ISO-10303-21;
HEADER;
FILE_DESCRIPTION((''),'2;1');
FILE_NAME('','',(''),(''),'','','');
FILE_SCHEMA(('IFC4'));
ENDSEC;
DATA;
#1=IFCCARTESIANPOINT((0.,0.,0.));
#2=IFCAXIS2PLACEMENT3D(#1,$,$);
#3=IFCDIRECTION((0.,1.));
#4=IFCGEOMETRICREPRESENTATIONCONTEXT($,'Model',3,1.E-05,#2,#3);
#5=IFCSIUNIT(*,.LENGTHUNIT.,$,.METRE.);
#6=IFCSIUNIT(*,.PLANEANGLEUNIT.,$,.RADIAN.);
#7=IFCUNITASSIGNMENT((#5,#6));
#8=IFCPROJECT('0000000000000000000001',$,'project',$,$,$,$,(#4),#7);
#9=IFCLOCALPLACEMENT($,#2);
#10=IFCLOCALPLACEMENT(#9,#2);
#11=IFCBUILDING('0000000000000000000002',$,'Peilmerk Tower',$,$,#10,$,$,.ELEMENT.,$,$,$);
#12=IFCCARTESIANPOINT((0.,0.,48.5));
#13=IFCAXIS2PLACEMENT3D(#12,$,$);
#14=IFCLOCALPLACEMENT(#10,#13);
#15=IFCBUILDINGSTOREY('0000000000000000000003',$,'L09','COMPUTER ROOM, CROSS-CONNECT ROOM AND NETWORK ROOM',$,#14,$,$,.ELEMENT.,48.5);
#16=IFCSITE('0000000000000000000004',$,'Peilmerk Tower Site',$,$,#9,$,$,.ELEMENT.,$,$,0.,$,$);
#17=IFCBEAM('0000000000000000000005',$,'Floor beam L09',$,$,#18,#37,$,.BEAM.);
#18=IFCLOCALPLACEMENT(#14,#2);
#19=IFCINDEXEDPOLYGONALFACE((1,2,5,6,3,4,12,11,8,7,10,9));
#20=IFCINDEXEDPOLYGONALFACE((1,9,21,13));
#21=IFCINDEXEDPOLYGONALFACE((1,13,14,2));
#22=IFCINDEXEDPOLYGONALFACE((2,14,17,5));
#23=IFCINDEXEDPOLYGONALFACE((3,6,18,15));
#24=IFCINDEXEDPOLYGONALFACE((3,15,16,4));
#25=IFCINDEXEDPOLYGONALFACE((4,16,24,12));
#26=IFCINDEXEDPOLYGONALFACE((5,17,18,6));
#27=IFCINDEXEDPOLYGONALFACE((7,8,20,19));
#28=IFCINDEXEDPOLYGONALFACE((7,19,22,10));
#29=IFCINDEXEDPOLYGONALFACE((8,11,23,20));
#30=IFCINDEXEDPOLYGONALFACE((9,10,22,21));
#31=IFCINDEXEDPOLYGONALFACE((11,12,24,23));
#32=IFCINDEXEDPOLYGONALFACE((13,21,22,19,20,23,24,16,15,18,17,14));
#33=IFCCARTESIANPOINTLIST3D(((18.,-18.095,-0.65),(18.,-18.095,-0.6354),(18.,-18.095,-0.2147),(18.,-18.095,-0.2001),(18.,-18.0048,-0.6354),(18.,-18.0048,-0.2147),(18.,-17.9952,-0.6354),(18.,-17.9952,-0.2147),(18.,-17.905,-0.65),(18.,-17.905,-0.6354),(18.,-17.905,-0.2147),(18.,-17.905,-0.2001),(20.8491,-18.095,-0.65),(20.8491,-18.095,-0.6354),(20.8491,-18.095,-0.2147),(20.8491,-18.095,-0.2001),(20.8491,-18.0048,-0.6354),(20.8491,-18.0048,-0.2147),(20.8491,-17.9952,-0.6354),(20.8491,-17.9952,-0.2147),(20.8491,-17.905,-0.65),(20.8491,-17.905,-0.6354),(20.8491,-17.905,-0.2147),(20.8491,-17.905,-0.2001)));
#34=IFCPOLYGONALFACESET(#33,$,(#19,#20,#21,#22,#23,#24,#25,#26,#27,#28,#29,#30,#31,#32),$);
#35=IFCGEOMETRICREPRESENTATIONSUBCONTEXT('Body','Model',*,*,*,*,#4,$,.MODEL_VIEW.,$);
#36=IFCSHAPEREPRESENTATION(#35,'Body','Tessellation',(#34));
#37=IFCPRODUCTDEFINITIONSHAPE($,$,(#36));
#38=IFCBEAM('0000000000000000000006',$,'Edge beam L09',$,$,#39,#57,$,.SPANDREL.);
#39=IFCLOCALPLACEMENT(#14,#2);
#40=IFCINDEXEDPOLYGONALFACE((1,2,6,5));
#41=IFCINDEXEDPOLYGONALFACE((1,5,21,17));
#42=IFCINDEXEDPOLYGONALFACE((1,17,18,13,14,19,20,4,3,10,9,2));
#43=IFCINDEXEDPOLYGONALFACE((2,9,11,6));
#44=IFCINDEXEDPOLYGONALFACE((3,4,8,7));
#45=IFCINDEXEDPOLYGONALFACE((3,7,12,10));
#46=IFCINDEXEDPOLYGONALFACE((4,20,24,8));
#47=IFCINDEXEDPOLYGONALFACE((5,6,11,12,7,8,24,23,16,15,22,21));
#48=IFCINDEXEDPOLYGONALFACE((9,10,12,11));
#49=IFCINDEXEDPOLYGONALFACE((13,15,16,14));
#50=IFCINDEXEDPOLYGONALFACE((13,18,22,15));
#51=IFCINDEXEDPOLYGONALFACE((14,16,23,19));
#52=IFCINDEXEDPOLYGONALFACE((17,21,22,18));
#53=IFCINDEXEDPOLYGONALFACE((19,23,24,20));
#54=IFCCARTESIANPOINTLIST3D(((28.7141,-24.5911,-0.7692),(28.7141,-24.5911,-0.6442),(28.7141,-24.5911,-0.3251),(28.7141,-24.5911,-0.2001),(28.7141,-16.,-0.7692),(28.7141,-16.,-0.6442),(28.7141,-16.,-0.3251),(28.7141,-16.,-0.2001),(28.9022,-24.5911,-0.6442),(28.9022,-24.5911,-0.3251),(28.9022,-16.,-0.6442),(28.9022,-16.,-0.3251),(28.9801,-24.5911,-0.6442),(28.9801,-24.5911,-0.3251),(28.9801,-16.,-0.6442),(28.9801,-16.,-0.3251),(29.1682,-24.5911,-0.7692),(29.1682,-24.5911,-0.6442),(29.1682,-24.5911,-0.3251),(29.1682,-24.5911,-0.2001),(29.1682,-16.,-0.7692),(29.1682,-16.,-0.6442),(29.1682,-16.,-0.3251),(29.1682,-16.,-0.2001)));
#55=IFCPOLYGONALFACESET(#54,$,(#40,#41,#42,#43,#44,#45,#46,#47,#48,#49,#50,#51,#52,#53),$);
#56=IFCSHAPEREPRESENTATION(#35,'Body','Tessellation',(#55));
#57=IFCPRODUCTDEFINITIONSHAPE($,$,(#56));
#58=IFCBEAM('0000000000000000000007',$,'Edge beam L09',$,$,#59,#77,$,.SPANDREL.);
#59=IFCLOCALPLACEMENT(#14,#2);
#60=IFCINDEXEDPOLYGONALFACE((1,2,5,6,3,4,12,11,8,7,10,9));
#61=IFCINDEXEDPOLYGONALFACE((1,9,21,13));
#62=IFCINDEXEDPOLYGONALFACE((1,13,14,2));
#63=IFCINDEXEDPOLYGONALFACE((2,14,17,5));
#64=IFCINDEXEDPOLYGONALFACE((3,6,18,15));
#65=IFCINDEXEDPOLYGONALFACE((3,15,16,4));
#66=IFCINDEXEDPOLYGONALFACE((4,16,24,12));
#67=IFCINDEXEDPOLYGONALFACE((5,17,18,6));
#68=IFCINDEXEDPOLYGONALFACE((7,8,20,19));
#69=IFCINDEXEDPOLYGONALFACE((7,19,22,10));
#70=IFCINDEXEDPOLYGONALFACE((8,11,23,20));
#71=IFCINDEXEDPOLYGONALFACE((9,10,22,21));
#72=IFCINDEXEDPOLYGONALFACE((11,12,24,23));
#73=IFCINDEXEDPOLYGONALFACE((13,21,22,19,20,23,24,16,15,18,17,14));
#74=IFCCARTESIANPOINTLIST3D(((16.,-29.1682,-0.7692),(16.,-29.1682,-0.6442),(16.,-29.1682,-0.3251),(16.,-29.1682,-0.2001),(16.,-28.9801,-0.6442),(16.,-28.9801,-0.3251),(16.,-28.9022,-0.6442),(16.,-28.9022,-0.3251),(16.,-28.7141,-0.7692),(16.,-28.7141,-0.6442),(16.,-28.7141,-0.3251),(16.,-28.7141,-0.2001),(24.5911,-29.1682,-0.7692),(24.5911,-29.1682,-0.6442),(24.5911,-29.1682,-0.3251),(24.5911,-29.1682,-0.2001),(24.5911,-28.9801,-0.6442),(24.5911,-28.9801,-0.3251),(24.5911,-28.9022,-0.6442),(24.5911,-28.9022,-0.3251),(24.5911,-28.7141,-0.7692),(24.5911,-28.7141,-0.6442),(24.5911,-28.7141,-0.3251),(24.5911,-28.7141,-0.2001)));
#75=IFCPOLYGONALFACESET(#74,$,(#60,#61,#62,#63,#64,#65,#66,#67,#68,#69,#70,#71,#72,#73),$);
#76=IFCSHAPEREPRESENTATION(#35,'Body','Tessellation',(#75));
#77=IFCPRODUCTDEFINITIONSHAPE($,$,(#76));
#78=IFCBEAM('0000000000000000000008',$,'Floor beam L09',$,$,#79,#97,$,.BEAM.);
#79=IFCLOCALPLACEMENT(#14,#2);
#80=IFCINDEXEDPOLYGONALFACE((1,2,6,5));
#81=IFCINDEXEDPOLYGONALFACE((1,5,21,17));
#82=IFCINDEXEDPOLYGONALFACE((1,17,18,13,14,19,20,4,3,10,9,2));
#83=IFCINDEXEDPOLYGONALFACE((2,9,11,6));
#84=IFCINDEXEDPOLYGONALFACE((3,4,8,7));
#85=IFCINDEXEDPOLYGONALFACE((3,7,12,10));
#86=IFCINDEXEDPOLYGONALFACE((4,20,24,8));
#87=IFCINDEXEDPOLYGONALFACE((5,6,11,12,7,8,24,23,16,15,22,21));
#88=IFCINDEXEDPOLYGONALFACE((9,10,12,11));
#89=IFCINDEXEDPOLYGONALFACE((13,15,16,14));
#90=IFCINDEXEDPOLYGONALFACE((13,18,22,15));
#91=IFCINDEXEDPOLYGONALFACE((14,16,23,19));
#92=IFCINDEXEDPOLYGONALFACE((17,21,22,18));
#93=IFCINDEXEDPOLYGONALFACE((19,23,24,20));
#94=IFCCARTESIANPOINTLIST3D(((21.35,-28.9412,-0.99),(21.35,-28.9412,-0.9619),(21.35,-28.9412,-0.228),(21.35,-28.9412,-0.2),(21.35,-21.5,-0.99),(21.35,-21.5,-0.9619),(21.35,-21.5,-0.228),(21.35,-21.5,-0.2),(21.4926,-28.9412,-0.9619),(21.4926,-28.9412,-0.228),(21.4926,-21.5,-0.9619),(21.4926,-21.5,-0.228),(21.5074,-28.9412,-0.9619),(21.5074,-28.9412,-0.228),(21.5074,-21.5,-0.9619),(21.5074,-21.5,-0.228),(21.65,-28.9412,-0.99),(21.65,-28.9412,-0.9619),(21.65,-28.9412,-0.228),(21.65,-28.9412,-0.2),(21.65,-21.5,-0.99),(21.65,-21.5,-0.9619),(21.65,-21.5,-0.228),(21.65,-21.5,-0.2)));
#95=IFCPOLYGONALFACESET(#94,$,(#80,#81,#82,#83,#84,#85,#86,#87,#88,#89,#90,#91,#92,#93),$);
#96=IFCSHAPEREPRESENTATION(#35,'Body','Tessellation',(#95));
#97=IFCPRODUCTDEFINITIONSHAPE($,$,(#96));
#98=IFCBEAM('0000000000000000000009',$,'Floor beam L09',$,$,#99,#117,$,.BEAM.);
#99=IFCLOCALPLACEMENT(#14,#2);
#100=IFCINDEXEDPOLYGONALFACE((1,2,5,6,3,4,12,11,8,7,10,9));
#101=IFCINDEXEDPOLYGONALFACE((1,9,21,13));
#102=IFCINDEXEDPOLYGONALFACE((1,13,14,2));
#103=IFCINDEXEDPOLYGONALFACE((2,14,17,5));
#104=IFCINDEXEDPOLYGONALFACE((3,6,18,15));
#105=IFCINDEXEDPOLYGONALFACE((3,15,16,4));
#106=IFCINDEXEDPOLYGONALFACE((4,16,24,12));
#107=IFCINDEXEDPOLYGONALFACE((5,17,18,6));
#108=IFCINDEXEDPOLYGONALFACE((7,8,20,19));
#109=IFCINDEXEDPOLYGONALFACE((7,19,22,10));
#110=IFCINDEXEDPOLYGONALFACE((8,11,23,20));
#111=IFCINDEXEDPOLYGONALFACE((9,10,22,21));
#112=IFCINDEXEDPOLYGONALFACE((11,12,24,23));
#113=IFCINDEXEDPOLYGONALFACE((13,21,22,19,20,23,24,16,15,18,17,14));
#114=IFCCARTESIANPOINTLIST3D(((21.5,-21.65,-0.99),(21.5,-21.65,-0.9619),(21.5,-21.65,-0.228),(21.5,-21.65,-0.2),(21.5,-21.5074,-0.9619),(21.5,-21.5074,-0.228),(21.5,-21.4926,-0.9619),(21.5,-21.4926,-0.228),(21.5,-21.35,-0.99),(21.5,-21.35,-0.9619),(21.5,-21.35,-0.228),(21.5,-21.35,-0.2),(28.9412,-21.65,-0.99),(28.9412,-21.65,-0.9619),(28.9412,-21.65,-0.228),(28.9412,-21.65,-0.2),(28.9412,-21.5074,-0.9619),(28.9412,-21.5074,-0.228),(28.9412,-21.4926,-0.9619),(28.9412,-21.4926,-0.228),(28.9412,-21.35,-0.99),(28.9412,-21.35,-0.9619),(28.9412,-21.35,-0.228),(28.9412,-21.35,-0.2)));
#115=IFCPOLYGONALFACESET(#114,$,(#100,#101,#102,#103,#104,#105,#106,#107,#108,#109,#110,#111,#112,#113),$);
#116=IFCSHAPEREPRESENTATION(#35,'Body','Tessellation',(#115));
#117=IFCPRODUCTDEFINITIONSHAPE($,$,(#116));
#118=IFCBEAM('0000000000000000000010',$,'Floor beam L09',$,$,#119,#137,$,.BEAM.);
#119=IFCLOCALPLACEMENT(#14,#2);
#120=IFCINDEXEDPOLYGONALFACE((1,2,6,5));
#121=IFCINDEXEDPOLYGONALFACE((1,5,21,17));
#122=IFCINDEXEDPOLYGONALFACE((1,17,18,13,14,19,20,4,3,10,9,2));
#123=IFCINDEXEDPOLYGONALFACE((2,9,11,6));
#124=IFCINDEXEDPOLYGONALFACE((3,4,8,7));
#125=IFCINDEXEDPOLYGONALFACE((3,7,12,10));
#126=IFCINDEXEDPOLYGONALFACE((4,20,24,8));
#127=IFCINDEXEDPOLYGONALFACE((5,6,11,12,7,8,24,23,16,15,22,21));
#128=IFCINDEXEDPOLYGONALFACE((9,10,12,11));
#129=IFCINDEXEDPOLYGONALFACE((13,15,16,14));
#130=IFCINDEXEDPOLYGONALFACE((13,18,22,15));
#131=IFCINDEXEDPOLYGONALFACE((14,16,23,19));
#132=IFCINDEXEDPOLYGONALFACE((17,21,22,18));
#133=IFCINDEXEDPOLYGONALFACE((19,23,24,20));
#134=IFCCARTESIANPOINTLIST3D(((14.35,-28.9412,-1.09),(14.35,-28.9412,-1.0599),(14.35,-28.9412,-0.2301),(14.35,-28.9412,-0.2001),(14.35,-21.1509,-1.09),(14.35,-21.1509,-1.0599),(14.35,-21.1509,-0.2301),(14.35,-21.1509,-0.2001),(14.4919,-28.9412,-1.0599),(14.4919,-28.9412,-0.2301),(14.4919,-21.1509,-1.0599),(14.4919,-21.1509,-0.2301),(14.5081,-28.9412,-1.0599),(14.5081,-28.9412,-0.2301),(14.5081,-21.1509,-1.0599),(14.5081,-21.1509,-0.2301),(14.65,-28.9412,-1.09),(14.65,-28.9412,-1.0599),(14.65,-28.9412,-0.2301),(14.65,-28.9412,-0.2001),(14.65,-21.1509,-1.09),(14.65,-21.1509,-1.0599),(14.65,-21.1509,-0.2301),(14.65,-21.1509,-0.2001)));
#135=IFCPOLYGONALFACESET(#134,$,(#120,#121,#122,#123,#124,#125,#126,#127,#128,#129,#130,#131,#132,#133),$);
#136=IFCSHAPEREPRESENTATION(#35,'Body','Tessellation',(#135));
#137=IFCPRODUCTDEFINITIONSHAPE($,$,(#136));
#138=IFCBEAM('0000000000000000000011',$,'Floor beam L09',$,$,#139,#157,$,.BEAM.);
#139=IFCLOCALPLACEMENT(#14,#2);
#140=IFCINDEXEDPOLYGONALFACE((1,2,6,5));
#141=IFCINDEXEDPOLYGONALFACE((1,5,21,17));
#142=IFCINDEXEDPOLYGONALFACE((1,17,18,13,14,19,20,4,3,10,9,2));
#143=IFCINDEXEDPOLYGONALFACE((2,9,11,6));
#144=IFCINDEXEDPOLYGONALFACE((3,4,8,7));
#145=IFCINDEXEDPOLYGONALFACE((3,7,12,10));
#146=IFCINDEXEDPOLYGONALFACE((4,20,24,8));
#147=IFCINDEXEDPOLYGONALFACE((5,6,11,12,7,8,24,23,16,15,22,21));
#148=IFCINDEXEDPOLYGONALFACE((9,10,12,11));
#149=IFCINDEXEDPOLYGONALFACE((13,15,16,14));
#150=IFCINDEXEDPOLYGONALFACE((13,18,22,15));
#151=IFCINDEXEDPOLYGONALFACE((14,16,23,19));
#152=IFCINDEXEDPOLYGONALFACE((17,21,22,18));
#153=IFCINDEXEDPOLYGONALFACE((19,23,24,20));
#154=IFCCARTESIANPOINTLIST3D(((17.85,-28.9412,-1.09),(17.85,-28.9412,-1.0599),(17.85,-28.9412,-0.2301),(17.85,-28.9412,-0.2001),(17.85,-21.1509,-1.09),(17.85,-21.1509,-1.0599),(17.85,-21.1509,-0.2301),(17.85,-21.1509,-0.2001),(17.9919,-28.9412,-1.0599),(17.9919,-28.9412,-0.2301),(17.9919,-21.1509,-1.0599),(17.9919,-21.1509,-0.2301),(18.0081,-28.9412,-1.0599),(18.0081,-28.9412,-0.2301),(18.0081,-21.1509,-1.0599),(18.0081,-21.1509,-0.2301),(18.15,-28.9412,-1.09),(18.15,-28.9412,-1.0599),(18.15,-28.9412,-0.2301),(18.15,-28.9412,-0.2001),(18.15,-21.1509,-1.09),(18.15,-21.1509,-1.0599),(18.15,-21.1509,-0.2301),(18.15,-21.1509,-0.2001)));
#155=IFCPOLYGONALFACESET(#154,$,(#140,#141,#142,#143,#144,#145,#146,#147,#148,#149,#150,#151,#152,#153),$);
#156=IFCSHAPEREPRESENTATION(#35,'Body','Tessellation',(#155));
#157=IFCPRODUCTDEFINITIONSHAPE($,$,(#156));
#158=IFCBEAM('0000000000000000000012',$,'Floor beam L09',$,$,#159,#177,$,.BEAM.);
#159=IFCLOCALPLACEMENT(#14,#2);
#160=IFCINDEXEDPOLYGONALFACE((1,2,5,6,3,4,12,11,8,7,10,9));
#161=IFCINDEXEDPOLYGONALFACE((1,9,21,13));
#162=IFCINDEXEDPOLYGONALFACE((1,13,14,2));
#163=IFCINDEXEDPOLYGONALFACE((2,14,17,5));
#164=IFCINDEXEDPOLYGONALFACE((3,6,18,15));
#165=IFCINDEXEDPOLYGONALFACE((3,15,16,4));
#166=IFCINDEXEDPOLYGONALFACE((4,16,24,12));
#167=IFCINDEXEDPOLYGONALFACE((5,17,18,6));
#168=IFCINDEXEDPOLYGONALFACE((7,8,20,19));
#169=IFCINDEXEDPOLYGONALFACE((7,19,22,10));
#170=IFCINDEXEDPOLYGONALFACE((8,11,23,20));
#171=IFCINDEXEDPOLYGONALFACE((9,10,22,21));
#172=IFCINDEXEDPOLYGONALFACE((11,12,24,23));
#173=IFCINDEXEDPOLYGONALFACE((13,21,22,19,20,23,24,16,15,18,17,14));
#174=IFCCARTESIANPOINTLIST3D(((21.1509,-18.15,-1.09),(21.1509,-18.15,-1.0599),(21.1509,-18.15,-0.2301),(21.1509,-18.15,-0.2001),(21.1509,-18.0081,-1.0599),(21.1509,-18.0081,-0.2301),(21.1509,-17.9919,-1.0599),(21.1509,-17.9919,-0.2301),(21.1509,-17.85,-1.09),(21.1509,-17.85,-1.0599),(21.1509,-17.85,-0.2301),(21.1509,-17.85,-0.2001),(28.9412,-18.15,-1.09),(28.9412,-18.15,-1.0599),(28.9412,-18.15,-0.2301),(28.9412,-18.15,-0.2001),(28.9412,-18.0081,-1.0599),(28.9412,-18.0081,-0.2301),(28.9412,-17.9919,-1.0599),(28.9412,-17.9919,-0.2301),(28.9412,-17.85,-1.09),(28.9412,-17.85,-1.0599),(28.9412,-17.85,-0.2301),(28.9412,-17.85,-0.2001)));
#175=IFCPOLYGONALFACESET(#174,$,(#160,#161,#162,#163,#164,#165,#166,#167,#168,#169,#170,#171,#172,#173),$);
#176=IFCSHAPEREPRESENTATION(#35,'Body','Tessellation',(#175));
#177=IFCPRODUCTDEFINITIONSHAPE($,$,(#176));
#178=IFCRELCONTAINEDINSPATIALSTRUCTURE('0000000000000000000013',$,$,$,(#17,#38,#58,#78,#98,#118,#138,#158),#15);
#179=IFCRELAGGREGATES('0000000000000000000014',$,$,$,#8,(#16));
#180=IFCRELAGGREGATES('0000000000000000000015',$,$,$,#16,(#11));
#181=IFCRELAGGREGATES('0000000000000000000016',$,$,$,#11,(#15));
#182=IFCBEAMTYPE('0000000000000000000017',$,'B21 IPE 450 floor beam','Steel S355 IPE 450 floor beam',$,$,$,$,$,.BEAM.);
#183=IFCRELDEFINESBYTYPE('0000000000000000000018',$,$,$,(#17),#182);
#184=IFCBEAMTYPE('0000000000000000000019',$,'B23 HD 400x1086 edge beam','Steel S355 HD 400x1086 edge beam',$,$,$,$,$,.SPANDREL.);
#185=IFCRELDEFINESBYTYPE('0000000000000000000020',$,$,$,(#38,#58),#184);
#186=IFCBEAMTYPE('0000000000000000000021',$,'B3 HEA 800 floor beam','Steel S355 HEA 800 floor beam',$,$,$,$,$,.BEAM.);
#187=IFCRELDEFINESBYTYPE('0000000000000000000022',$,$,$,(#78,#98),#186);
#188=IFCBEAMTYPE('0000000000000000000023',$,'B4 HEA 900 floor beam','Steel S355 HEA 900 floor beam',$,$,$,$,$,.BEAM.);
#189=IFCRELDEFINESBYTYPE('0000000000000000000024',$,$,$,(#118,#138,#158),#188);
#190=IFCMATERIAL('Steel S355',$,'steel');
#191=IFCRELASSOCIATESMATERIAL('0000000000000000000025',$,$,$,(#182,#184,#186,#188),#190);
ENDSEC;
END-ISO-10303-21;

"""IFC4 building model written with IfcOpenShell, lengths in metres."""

from ifc_helpers import new_model, si_unit, direction, frame, origin, origin_2d, place, context, subcontext, project, spatial, i_section, extrude, material, material_profile, profile_set, type_object, element, save


model = new_model("IFC4")

# Units and contexts
model_context = context("Model", 3, precision=1e-05, world=origin(), true_north=direction((0.0, 1.0)))
body_context = subcontext(model_context, "Body", "Model", "MODEL_VIEW")
ifc_project = project(units=[si_unit("LENGTHUNIT", "METRE"), si_unit("PLANEANGLEUNIT", "RADIAN")], contexts=[model_context])

# Site, building, storey
site_placement = place(None, origin())
site = spatial("IfcSite", under=ifc_project, at=site_placement, Name="Peilmerk Tower Site", CompositionType="ELEMENT", RefElevation=0.0)
building_placement = place(site_placement, origin())
building = spatial("IfcBuilding", under=site, at=building_placement, Name="Peilmerk Tower", CompositionType="ELEMENT")
storey_placement = place(building_placement, frame((0.0, 0.0, 48.5)))
storey = spatial("IfcBuildingStorey", under=building, at=storey_placement, Name="L09", Description="COMPUTER ROOM, CROSS-CONNECT ROOM AND NETWORK ROOM", CompositionType="ELEMENT", Elevation=48.5)

# Beams
ifc_material_1 = material(Name="Steel S355", Category="steel")
ifc_material_profile_1 = material_profile(ifc_material_1, i_section(OverallWidth=0.1899, OverallDepth=0.45, WebThickness=0.0095, FlangeThickness=0.0146, at=origin_2d()), Name="IPE 450")
ifc_profile_set_1 = profile_set([ifc_material_profile_1], Name="Steel S355")
beam_type_1 = type_object("IfcBeamType", Name="B21 IPE 450 floor beam", Description="Steel S355 IPE 450 floor beam", PredefinedType="BEAM", material=ifc_profile_set_1)
for number, where, z_axis, x_axis, name in (
    (1, (18.0, -18.0, -0.425), (1.0, 0.0, 0.0), (0.0, 1.0, 0.0), "Floor beam L09"),
):
    element("IfcBeam", number, at=place(storey_placement, frame(where, z_axis=z_axis, x_axis=x_axis)), inside=storey, type_object=beam_type_1, Name=name, PredefinedType="BEAM", context=body_context, shape_type="SweptSolid", body=[
        extrude(i_section(OverallWidth=0.1899, OverallDepth=0.45, WebThickness=0.0095, FlangeThickness=0.0146, at=origin_2d()), origin(), (0.0, 0.0, 1.0), 2.8491),
    ])
ifc_material_profile_2 = material_profile(ifc_material_1, i_section(OverallWidth=0.4541, OverallDepth=0.5691, WebThickness=0.0779, FlangeThickness=0.125, at=origin_2d()), Name="HD 400x1086")
ifc_profile_set_2 = profile_set([ifc_material_profile_2], Name="Steel S355")
beam_type_2 = type_object("IfcBeamType", Name="B23 HD 400x1086 edge beam", Description="Steel S355 HD 400x1086 edge beam", PredefinedType="SPANDREL", material=ifc_profile_set_2)
for number, where, z_axis, x_axis, name in (
    (2, (28.9412, -24.5911, -0.4846), (0.0, 1.0, 0.0), (-1.0, 0.0, 0.0), "Edge beam L09"),
    (3, (16.0, -28.9412, -0.4846), (1.0, 0.0, 0.0), (0.0, 1.0, 0.0), "Edge beam L09"),
):
    element("IfcBeam", number, at=place(storey_placement, frame(where, z_axis=z_axis, x_axis=x_axis)), inside=storey, type_object=beam_type_2, Name=name, PredefinedType="SPANDREL", context=body_context, shape_type="SweptSolid", body=[
        extrude(i_section(OverallWidth=0.4541, OverallDepth=0.5691, WebThickness=0.0779, FlangeThickness=0.125, at=origin_2d()), origin(), (0.0, 0.0, 1.0), 8.5911),
    ])
ifc_material_profile_3 = material_profile(ifc_material_1, i_section(OverallWidth=0.3, OverallDepth=0.79, WebThickness=0.0149, FlangeThickness=0.0281, at=origin_2d()), Name="HEA 800")
ifc_profile_set_3 = profile_set([ifc_material_profile_3], Name="Steel S355")
beam_type_3 = type_object("IfcBeamType", Name="B3 HEA 800 floor beam", Description="Steel S355 HEA 800 floor beam", PredefinedType="BEAM", material=ifc_profile_set_3)
for number, where, z_axis, x_axis, name in (
    (4, (21.5, -21.5, -0.595), (0.0, -1.0, 0.0), (1.0, 0.0, 0.0), "Floor beam L09"),
    (5, (21.5, -21.5, -0.595), (1.0, 0.0, 0.0), (0.0, 1.0, 0.0), "Floor beam L09"),
):
    element("IfcBeam", number, at=place(storey_placement, frame(where, z_axis=z_axis, x_axis=x_axis)), inside=storey, type_object=beam_type_3, Name=name, PredefinedType="BEAM", context=body_context, shape_type="SweptSolid", body=[
        extrude(i_section(OverallWidth=0.3, OverallDepth=0.79, WebThickness=0.0149, FlangeThickness=0.0281, at=origin_2d()), origin(), (0.0, 0.0, 1.0), 7.4412),
    ])
ifc_material_profile_4 = material_profile(ifc_material_1, i_section(OverallWidth=0.3, OverallDepth=0.8899, WebThickness=0.0161, FlangeThickness=0.03, at=origin_2d()), Name="HEA 900")
ifc_profile_set_4 = profile_set([ifc_material_profile_4], Name="Steel S355")
beam_type_4 = type_object("IfcBeamType", Name="B4 HEA 900 floor beam", Description="Steel S355 HEA 900 floor beam", PredefinedType="BEAM", material=ifc_profile_set_4)
for number, where, z_axis, x_axis, name in (
    (6, (14.5, -21.1509, -0.645), (0.0, -1.0, 0.0), (1.0, 0.0, 0.0), "Floor beam L09"),
    (7, (18.0, -21.1509, -0.645), (0.0, -1.0, 0.0), (1.0, 0.0, 0.0), "Floor beam L09"),
    (8, (21.1509, -18.0, -0.645), (1.0, 0.0, 0.0), (0.0, 1.0, 0.0), "Floor beam L09"),
):
    element("IfcBeam", number, at=place(storey_placement, frame(where, z_axis=z_axis, x_axis=x_axis)), inside=storey, type_object=beam_type_4, Name=name, PredefinedType="BEAM", context=body_context, shape_type="SweptSolid", body=[
        extrude(i_section(OverallWidth=0.3, OverallDepth=0.8899, WebThickness=0.0161, FlangeThickness=0.03, at=origin_2d()), origin(), (0.0, 0.0, 1.0), 7.7903),
    ])

save(model, "model.ifc")
